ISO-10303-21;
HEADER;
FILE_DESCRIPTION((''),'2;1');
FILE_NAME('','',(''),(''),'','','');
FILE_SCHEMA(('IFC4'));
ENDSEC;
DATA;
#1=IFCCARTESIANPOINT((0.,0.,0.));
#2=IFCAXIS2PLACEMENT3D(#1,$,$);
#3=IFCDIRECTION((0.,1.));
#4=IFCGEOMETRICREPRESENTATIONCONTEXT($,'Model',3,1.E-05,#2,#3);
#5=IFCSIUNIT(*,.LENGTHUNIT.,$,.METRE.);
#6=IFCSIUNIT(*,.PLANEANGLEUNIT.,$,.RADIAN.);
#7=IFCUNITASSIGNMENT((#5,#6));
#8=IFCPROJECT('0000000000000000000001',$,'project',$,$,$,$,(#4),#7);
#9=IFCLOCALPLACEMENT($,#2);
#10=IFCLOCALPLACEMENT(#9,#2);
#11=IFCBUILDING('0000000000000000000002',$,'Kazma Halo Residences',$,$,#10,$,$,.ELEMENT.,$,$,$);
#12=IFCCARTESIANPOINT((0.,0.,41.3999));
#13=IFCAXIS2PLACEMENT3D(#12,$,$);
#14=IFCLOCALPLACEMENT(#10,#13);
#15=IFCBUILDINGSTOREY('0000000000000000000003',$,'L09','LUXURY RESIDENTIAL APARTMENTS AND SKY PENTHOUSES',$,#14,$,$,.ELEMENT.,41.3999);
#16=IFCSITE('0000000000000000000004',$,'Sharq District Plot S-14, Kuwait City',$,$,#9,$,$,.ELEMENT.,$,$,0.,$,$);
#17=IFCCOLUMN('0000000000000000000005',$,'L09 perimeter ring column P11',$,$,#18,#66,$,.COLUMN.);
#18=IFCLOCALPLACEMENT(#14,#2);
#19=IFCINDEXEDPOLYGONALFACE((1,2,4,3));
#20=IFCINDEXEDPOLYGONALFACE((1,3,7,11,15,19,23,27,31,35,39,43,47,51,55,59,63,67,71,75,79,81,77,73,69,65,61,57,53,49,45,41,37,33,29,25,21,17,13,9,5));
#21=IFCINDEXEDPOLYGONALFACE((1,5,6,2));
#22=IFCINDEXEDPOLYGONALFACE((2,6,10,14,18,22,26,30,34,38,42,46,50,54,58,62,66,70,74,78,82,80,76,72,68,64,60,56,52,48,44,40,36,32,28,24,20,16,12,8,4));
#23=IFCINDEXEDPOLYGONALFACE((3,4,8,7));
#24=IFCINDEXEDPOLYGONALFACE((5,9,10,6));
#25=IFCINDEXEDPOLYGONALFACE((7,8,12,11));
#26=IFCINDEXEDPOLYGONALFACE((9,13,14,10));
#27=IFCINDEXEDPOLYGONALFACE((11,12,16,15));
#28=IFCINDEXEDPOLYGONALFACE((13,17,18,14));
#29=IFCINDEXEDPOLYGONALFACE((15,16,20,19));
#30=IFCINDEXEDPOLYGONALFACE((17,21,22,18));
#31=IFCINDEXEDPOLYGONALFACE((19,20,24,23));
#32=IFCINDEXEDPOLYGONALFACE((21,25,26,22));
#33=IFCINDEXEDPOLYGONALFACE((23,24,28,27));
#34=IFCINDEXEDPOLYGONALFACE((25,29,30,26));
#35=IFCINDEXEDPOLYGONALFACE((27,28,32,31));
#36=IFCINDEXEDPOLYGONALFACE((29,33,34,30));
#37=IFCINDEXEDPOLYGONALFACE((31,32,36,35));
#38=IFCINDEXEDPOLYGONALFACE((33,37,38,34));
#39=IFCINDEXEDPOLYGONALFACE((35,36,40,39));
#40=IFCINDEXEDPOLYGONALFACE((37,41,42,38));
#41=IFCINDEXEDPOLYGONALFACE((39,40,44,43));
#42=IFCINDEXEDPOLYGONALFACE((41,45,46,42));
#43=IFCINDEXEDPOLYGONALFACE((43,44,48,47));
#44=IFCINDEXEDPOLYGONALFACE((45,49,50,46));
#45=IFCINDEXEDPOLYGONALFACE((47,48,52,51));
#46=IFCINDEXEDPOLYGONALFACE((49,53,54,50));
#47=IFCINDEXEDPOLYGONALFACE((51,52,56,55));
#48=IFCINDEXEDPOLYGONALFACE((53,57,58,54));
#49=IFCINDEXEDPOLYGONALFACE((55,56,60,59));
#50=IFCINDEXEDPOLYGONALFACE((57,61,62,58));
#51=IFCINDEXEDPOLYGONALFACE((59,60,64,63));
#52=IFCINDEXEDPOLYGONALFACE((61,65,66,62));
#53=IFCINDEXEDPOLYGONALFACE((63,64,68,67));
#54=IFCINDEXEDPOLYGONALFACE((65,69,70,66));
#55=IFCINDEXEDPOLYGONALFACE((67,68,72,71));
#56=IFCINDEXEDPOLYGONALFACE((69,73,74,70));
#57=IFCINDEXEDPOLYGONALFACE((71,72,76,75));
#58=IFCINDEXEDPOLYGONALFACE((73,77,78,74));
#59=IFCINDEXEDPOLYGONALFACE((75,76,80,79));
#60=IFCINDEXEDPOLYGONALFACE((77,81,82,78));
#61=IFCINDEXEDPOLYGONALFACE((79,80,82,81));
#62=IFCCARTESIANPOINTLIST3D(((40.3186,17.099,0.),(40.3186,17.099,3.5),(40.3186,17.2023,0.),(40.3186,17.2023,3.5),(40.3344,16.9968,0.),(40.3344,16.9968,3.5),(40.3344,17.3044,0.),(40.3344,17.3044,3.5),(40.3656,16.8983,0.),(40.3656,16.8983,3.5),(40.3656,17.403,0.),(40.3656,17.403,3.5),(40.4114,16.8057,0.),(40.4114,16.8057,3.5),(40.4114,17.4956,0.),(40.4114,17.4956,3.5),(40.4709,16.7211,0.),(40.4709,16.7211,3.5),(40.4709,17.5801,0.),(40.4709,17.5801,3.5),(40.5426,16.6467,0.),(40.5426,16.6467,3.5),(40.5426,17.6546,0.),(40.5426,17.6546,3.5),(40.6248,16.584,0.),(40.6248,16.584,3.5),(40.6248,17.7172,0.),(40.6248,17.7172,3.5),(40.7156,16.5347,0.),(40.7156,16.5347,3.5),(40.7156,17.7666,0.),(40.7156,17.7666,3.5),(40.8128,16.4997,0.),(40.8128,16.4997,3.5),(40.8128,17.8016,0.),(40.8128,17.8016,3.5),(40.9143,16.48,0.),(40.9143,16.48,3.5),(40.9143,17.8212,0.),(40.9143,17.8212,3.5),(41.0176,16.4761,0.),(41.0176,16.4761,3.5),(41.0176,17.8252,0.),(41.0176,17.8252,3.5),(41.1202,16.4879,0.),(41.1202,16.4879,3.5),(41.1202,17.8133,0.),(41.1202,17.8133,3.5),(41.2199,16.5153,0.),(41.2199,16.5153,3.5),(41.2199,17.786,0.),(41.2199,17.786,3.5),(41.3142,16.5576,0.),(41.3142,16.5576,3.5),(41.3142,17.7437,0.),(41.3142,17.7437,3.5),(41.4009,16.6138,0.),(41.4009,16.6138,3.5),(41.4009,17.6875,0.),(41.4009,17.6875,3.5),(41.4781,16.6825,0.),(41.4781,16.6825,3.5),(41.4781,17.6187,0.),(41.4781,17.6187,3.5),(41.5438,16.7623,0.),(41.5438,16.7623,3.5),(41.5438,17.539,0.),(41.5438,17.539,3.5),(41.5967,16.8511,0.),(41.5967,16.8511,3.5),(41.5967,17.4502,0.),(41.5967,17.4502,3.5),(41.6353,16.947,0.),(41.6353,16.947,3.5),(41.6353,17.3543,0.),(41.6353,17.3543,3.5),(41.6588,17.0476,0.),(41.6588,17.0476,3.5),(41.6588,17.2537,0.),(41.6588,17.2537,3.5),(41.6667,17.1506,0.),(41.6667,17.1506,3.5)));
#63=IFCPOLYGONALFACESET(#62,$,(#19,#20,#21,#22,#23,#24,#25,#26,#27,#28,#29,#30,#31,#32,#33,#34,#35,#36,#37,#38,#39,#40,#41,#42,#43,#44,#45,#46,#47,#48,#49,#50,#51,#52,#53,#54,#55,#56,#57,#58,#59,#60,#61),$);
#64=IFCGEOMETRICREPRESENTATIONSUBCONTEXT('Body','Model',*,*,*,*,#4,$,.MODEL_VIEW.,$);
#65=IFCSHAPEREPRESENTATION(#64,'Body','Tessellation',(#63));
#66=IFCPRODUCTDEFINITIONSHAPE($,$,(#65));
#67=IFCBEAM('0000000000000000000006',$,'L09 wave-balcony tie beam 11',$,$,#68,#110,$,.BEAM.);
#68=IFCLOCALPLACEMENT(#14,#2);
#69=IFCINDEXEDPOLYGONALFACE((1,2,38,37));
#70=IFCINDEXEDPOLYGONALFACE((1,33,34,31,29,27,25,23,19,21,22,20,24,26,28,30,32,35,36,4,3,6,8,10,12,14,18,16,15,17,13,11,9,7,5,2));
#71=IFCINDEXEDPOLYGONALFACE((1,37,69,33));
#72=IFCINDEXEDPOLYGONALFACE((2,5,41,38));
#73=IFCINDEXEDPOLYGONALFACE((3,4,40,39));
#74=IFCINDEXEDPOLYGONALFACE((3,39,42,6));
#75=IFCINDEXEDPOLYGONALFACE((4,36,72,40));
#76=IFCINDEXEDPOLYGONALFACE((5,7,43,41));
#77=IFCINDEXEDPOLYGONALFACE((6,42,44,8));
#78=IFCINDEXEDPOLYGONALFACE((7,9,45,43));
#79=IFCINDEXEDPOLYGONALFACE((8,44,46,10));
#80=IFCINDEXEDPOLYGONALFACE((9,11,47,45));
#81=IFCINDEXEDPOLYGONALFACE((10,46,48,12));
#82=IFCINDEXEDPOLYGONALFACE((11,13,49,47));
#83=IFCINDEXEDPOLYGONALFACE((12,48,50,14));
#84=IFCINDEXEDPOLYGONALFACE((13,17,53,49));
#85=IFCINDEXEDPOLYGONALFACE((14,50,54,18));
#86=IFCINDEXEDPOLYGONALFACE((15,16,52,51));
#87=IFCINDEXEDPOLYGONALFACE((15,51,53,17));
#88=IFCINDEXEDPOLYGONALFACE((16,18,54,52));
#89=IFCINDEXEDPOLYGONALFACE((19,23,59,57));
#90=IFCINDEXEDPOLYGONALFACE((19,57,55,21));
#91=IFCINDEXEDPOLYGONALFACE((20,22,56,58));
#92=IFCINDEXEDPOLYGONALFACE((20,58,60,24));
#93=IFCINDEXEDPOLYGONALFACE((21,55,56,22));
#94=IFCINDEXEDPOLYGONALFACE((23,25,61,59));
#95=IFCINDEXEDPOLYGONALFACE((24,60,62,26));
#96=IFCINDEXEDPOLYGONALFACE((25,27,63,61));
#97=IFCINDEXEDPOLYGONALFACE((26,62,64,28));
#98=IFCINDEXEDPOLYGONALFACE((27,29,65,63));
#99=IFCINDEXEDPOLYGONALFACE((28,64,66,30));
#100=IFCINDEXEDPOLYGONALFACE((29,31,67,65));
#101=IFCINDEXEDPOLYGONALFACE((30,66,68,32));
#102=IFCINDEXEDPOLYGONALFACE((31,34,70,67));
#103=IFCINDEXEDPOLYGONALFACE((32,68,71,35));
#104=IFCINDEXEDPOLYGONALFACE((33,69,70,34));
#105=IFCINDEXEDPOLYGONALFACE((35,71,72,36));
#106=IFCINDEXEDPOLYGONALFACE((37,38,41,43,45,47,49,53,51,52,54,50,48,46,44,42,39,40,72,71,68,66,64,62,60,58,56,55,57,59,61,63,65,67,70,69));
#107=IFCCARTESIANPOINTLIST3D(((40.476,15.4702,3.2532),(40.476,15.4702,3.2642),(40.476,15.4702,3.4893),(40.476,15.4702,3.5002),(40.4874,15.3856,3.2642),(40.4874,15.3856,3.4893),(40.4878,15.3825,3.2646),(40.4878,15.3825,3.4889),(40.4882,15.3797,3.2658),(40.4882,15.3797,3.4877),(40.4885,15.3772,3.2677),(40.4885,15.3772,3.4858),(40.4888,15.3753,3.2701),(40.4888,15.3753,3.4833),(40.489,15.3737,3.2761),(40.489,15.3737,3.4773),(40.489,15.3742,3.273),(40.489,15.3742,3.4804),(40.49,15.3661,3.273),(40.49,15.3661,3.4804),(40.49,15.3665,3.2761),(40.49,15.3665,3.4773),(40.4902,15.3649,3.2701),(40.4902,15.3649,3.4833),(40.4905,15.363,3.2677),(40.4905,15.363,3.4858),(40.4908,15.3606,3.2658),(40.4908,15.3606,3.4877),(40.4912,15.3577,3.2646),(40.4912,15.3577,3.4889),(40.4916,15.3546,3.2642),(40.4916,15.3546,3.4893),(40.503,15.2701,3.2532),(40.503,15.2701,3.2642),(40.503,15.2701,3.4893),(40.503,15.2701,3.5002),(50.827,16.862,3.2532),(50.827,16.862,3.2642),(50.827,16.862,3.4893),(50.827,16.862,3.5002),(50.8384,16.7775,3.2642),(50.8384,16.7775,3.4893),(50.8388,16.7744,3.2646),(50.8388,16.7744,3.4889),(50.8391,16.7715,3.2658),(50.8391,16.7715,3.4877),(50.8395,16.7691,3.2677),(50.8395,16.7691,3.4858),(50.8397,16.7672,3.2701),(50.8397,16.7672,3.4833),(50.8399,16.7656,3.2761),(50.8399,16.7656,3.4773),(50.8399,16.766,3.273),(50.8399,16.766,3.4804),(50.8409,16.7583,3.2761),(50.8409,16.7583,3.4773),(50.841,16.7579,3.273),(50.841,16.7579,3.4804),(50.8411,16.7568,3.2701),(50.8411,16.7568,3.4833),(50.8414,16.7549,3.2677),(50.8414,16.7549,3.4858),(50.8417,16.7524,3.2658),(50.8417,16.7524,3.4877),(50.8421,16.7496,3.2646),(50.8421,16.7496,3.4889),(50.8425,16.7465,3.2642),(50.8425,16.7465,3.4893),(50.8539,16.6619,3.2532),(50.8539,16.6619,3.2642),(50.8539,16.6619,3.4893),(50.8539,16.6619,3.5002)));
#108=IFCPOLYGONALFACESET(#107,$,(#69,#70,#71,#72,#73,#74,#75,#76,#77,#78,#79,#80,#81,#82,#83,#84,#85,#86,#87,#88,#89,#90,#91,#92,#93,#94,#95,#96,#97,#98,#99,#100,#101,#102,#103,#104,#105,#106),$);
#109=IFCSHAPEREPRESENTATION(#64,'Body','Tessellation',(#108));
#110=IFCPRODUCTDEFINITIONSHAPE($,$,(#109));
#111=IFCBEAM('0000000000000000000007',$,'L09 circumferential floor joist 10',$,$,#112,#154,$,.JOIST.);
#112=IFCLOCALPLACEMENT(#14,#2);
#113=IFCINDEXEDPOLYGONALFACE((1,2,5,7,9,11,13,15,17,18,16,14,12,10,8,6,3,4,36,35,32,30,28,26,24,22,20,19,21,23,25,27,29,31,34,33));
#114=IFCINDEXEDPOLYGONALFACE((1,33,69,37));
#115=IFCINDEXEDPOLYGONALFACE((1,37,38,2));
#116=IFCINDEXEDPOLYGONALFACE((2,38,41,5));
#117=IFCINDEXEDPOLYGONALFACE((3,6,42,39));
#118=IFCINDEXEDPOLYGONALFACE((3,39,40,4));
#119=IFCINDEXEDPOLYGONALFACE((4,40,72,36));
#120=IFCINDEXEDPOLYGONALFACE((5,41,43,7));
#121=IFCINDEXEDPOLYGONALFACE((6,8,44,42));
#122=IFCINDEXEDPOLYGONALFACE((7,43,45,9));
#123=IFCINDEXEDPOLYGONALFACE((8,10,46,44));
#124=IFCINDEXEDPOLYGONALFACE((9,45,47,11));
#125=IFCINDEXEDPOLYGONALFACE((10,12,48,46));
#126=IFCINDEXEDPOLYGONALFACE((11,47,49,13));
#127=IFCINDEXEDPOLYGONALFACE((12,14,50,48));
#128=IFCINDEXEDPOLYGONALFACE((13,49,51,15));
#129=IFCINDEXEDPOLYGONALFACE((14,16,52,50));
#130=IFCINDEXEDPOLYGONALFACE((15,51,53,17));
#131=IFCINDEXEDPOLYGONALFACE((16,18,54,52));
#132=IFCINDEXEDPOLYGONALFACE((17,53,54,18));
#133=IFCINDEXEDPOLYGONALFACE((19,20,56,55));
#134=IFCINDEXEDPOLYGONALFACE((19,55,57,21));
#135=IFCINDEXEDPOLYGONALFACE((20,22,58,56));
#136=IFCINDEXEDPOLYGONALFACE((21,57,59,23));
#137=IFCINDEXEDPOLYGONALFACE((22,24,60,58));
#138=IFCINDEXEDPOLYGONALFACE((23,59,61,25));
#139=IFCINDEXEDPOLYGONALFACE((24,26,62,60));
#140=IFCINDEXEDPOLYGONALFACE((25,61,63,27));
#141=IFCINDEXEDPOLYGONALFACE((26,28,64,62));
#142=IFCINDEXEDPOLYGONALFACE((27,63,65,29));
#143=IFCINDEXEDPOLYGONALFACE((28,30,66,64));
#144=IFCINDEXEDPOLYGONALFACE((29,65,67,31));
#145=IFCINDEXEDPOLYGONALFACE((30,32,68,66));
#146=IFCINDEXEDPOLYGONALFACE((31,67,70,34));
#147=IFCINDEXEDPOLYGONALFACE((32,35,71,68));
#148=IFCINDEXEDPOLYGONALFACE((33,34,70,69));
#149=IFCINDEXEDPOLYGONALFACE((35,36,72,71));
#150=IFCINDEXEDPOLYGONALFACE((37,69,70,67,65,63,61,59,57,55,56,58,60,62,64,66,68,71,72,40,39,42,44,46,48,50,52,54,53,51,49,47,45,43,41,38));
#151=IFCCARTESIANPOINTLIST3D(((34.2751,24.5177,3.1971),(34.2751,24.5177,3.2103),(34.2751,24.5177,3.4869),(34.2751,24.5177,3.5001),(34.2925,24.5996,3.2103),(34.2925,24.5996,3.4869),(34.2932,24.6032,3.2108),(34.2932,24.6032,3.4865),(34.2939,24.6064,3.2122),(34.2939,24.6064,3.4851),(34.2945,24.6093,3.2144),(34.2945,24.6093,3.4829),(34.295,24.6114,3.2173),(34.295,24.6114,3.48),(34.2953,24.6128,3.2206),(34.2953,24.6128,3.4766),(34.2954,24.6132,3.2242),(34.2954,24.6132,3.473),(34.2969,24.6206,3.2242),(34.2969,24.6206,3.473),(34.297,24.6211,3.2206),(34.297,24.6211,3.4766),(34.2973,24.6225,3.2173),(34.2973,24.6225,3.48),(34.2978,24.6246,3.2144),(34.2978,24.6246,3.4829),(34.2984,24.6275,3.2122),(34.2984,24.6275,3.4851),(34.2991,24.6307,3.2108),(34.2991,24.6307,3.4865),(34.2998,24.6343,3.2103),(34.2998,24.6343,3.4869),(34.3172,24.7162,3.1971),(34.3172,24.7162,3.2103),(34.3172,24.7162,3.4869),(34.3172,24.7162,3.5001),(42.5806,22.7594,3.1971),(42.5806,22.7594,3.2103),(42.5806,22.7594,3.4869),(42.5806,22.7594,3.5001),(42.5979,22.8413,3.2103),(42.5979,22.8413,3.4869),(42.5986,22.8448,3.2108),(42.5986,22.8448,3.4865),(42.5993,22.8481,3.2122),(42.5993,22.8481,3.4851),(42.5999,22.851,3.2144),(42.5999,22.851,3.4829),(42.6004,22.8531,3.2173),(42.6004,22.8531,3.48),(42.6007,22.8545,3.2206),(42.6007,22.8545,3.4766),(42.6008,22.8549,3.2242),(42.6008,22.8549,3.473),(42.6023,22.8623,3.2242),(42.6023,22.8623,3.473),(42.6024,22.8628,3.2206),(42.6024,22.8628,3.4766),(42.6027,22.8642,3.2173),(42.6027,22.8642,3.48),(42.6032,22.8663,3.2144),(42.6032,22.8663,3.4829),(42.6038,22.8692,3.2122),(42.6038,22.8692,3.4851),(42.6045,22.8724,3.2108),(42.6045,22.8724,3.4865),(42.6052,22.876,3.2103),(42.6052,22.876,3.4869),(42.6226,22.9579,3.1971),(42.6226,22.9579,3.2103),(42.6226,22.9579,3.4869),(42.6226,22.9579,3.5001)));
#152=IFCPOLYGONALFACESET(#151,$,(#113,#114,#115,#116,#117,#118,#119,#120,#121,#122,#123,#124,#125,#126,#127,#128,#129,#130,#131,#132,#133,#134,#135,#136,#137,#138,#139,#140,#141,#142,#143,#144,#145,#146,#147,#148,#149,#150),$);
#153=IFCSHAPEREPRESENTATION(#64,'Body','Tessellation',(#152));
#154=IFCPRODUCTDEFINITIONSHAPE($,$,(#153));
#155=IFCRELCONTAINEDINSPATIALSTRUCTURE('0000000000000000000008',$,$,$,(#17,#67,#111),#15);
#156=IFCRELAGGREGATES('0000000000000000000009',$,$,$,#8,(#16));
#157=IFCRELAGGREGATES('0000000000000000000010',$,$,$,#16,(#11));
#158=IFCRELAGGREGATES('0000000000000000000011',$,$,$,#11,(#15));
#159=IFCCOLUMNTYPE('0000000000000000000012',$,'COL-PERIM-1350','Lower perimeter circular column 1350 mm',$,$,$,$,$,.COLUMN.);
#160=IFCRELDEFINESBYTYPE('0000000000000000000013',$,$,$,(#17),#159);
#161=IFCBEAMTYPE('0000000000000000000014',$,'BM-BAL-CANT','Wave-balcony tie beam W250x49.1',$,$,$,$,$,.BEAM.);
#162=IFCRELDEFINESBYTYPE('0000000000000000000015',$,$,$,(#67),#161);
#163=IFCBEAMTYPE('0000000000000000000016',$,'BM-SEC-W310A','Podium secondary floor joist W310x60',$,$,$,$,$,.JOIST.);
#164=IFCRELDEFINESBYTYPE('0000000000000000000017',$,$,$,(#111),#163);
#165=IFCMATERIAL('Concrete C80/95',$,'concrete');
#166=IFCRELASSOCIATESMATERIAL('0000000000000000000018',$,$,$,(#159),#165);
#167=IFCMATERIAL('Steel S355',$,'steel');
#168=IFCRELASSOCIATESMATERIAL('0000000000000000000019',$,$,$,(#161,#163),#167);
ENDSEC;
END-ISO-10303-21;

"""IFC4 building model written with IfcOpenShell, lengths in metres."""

from ifc_helpers import new_model, si_unit, direction, frame, origin, origin_2d, place, context, subcontext, project, spatial, circle, i_section, extrude, material, material_profile, profile_set, type_object, element, save


model = new_model("IFC4")

# Units and contexts
model_context = context("Model", 3, precision=1e-05, world=origin(), true_north=direction((0.0, 1.0)))
body_context = subcontext(model_context, "Body", "Model", "MODEL_VIEW")
ifc_project = project(units=[si_unit("LENGTHUNIT", "METRE"), si_unit("PLANEANGLEUNIT", "RADIAN")], contexts=[model_context])

# Site, building, storey
site_placement = place(None, origin())
site = spatial("IfcSite", under=ifc_project, at=site_placement, Name="Sharq District Plot S-14, Kuwait City", CompositionType="ELEMENT", RefElevation=0.0)
building_placement = place(site_placement, origin())
building = spatial("IfcBuilding", under=site, at=building_placement, Name="Kazma Halo Residences", CompositionType="ELEMENT")
storey_placement = place(building_placement, frame((0.0, 0.0, 41.3999)))
storey = spatial("IfcBuildingStorey", under=building, at=storey_placement, Name="L09", Description="LUXURY RESIDENTIAL APARTMENTS AND SKY PENTHOUSES", CompositionType="ELEMENT", Elevation=41.3999)

# Column
ifc_material_1 = material(Name="Concrete C80/95", Category="concrete")
ifc_material_profile_1 = material_profile(ifc_material_1, circle(Radius=0.675, at=origin_2d()), Name="CIRC1350")
ifc_profile_set_1 = profile_set([ifc_material_profile_1], Name="Concrete C80/95")
column_type = type_object("IfcColumnType", Name="COL-PERIM-1350", Description="Lower perimeter circular column 1350 mm", PredefinedType="COLUMN", material=ifc_profile_set_1)
column_placement = place(storey_placement, frame((40.9917, 17.1506, 0.0), z_axis=(0.0, 0.0, 1.0), x_axis=(1.0, 0.0, 0.0)))
element("IfcColumn", 1, at=column_placement, inside=storey, type_object=column_type, Name="L09 perimeter ring column P11", PredefinedType="COLUMN", context=body_context, shape_type="SweptSolid", body=[
    extrude(circle(Radius=0.675, at=origin_2d()), origin(), (0.0, 0.0, 1.0), 3.5),
])

# Beams
ifc_material_2 = material(Name="Steel S355", Category="steel")
ifc_material_profile_2 = material_profile(ifc_material_2, i_section(OverallWidth=0.2019, OverallDepth=0.2471, WebThickness=0.0073, FlangeThickness=0.011, FilletRadius=0.012, at=origin_2d()), Name="W250x49.1")
ifc_profile_set_2 = profile_set([ifc_material_profile_2], Name="Steel S355")
beam_type_1 = type_object("IfcBeamType", Name="BM-BAL-CANT", Description="Wave-balcony tie beam W250x49.1", PredefinedType="BEAM", material=ifc_profile_set_2)
beam_1_placement = place(storey_placement, frame((40.4895, 15.3701, 3.3767), z_axis=(0.99108, 0.133268, 0.0), x_axis=(-0.133268, 0.99108, 0.0)))
element("IfcBeam", 2, at=beam_1_placement, inside=storey, type_object=beam_type_1, Name="L09 wave-balcony tie beam 11", PredefinedType="BEAM", context=body_context, shape_type="SweptSolid", body=[
    extrude(i_section(OverallWidth=0.2019, OverallDepth=0.2471, WebThickness=0.0073, FlangeThickness=0.011, FilletRadius=0.012, at=origin_2d()), origin(), (0.0, 0.0, 1.0), 10.4441),
])
ifc_material_profile_3 = material_profile(ifc_material_2, i_section(OverallWidth=0.2029, OverallDepth=0.303, WebThickness=0.0076, FlangeThickness=0.0132, FilletRadius=0.0139, at=origin_2d()), Name="W310x60")
ifc_profile_set_3 = profile_set([ifc_material_profile_3], Name="Steel S355")
beam_type_2 = type_object("IfcBeamType", Name="BM-SEC-W310A", Description="Podium secondary floor joist W310x60", PredefinedType="JOIST", material=ifc_profile_set_3)
beam_2_placement = place(storey_placement, frame((34.2961, 24.6169, 3.3486), z_axis=(0.978317, -0.207115, 0.0), x_axis=(0.207115, 0.978317, 0.0)))
element("IfcBeam", 3, at=beam_2_placement, inside=storey, type_object=beam_type_2, Name="L09 circumferential floor joist 10", PredefinedType="JOIST", context=body_context, shape_type="SweptSolid", body=[
    extrude(i_section(OverallWidth=0.2029, OverallDepth=0.303, WebThickness=0.0076, FlangeThickness=0.0132, FilletRadius=0.0139, at=origin_2d()), origin(), (0.0, 0.0, 1.0), 8.4895),
])

save(model, "model.ifc")
